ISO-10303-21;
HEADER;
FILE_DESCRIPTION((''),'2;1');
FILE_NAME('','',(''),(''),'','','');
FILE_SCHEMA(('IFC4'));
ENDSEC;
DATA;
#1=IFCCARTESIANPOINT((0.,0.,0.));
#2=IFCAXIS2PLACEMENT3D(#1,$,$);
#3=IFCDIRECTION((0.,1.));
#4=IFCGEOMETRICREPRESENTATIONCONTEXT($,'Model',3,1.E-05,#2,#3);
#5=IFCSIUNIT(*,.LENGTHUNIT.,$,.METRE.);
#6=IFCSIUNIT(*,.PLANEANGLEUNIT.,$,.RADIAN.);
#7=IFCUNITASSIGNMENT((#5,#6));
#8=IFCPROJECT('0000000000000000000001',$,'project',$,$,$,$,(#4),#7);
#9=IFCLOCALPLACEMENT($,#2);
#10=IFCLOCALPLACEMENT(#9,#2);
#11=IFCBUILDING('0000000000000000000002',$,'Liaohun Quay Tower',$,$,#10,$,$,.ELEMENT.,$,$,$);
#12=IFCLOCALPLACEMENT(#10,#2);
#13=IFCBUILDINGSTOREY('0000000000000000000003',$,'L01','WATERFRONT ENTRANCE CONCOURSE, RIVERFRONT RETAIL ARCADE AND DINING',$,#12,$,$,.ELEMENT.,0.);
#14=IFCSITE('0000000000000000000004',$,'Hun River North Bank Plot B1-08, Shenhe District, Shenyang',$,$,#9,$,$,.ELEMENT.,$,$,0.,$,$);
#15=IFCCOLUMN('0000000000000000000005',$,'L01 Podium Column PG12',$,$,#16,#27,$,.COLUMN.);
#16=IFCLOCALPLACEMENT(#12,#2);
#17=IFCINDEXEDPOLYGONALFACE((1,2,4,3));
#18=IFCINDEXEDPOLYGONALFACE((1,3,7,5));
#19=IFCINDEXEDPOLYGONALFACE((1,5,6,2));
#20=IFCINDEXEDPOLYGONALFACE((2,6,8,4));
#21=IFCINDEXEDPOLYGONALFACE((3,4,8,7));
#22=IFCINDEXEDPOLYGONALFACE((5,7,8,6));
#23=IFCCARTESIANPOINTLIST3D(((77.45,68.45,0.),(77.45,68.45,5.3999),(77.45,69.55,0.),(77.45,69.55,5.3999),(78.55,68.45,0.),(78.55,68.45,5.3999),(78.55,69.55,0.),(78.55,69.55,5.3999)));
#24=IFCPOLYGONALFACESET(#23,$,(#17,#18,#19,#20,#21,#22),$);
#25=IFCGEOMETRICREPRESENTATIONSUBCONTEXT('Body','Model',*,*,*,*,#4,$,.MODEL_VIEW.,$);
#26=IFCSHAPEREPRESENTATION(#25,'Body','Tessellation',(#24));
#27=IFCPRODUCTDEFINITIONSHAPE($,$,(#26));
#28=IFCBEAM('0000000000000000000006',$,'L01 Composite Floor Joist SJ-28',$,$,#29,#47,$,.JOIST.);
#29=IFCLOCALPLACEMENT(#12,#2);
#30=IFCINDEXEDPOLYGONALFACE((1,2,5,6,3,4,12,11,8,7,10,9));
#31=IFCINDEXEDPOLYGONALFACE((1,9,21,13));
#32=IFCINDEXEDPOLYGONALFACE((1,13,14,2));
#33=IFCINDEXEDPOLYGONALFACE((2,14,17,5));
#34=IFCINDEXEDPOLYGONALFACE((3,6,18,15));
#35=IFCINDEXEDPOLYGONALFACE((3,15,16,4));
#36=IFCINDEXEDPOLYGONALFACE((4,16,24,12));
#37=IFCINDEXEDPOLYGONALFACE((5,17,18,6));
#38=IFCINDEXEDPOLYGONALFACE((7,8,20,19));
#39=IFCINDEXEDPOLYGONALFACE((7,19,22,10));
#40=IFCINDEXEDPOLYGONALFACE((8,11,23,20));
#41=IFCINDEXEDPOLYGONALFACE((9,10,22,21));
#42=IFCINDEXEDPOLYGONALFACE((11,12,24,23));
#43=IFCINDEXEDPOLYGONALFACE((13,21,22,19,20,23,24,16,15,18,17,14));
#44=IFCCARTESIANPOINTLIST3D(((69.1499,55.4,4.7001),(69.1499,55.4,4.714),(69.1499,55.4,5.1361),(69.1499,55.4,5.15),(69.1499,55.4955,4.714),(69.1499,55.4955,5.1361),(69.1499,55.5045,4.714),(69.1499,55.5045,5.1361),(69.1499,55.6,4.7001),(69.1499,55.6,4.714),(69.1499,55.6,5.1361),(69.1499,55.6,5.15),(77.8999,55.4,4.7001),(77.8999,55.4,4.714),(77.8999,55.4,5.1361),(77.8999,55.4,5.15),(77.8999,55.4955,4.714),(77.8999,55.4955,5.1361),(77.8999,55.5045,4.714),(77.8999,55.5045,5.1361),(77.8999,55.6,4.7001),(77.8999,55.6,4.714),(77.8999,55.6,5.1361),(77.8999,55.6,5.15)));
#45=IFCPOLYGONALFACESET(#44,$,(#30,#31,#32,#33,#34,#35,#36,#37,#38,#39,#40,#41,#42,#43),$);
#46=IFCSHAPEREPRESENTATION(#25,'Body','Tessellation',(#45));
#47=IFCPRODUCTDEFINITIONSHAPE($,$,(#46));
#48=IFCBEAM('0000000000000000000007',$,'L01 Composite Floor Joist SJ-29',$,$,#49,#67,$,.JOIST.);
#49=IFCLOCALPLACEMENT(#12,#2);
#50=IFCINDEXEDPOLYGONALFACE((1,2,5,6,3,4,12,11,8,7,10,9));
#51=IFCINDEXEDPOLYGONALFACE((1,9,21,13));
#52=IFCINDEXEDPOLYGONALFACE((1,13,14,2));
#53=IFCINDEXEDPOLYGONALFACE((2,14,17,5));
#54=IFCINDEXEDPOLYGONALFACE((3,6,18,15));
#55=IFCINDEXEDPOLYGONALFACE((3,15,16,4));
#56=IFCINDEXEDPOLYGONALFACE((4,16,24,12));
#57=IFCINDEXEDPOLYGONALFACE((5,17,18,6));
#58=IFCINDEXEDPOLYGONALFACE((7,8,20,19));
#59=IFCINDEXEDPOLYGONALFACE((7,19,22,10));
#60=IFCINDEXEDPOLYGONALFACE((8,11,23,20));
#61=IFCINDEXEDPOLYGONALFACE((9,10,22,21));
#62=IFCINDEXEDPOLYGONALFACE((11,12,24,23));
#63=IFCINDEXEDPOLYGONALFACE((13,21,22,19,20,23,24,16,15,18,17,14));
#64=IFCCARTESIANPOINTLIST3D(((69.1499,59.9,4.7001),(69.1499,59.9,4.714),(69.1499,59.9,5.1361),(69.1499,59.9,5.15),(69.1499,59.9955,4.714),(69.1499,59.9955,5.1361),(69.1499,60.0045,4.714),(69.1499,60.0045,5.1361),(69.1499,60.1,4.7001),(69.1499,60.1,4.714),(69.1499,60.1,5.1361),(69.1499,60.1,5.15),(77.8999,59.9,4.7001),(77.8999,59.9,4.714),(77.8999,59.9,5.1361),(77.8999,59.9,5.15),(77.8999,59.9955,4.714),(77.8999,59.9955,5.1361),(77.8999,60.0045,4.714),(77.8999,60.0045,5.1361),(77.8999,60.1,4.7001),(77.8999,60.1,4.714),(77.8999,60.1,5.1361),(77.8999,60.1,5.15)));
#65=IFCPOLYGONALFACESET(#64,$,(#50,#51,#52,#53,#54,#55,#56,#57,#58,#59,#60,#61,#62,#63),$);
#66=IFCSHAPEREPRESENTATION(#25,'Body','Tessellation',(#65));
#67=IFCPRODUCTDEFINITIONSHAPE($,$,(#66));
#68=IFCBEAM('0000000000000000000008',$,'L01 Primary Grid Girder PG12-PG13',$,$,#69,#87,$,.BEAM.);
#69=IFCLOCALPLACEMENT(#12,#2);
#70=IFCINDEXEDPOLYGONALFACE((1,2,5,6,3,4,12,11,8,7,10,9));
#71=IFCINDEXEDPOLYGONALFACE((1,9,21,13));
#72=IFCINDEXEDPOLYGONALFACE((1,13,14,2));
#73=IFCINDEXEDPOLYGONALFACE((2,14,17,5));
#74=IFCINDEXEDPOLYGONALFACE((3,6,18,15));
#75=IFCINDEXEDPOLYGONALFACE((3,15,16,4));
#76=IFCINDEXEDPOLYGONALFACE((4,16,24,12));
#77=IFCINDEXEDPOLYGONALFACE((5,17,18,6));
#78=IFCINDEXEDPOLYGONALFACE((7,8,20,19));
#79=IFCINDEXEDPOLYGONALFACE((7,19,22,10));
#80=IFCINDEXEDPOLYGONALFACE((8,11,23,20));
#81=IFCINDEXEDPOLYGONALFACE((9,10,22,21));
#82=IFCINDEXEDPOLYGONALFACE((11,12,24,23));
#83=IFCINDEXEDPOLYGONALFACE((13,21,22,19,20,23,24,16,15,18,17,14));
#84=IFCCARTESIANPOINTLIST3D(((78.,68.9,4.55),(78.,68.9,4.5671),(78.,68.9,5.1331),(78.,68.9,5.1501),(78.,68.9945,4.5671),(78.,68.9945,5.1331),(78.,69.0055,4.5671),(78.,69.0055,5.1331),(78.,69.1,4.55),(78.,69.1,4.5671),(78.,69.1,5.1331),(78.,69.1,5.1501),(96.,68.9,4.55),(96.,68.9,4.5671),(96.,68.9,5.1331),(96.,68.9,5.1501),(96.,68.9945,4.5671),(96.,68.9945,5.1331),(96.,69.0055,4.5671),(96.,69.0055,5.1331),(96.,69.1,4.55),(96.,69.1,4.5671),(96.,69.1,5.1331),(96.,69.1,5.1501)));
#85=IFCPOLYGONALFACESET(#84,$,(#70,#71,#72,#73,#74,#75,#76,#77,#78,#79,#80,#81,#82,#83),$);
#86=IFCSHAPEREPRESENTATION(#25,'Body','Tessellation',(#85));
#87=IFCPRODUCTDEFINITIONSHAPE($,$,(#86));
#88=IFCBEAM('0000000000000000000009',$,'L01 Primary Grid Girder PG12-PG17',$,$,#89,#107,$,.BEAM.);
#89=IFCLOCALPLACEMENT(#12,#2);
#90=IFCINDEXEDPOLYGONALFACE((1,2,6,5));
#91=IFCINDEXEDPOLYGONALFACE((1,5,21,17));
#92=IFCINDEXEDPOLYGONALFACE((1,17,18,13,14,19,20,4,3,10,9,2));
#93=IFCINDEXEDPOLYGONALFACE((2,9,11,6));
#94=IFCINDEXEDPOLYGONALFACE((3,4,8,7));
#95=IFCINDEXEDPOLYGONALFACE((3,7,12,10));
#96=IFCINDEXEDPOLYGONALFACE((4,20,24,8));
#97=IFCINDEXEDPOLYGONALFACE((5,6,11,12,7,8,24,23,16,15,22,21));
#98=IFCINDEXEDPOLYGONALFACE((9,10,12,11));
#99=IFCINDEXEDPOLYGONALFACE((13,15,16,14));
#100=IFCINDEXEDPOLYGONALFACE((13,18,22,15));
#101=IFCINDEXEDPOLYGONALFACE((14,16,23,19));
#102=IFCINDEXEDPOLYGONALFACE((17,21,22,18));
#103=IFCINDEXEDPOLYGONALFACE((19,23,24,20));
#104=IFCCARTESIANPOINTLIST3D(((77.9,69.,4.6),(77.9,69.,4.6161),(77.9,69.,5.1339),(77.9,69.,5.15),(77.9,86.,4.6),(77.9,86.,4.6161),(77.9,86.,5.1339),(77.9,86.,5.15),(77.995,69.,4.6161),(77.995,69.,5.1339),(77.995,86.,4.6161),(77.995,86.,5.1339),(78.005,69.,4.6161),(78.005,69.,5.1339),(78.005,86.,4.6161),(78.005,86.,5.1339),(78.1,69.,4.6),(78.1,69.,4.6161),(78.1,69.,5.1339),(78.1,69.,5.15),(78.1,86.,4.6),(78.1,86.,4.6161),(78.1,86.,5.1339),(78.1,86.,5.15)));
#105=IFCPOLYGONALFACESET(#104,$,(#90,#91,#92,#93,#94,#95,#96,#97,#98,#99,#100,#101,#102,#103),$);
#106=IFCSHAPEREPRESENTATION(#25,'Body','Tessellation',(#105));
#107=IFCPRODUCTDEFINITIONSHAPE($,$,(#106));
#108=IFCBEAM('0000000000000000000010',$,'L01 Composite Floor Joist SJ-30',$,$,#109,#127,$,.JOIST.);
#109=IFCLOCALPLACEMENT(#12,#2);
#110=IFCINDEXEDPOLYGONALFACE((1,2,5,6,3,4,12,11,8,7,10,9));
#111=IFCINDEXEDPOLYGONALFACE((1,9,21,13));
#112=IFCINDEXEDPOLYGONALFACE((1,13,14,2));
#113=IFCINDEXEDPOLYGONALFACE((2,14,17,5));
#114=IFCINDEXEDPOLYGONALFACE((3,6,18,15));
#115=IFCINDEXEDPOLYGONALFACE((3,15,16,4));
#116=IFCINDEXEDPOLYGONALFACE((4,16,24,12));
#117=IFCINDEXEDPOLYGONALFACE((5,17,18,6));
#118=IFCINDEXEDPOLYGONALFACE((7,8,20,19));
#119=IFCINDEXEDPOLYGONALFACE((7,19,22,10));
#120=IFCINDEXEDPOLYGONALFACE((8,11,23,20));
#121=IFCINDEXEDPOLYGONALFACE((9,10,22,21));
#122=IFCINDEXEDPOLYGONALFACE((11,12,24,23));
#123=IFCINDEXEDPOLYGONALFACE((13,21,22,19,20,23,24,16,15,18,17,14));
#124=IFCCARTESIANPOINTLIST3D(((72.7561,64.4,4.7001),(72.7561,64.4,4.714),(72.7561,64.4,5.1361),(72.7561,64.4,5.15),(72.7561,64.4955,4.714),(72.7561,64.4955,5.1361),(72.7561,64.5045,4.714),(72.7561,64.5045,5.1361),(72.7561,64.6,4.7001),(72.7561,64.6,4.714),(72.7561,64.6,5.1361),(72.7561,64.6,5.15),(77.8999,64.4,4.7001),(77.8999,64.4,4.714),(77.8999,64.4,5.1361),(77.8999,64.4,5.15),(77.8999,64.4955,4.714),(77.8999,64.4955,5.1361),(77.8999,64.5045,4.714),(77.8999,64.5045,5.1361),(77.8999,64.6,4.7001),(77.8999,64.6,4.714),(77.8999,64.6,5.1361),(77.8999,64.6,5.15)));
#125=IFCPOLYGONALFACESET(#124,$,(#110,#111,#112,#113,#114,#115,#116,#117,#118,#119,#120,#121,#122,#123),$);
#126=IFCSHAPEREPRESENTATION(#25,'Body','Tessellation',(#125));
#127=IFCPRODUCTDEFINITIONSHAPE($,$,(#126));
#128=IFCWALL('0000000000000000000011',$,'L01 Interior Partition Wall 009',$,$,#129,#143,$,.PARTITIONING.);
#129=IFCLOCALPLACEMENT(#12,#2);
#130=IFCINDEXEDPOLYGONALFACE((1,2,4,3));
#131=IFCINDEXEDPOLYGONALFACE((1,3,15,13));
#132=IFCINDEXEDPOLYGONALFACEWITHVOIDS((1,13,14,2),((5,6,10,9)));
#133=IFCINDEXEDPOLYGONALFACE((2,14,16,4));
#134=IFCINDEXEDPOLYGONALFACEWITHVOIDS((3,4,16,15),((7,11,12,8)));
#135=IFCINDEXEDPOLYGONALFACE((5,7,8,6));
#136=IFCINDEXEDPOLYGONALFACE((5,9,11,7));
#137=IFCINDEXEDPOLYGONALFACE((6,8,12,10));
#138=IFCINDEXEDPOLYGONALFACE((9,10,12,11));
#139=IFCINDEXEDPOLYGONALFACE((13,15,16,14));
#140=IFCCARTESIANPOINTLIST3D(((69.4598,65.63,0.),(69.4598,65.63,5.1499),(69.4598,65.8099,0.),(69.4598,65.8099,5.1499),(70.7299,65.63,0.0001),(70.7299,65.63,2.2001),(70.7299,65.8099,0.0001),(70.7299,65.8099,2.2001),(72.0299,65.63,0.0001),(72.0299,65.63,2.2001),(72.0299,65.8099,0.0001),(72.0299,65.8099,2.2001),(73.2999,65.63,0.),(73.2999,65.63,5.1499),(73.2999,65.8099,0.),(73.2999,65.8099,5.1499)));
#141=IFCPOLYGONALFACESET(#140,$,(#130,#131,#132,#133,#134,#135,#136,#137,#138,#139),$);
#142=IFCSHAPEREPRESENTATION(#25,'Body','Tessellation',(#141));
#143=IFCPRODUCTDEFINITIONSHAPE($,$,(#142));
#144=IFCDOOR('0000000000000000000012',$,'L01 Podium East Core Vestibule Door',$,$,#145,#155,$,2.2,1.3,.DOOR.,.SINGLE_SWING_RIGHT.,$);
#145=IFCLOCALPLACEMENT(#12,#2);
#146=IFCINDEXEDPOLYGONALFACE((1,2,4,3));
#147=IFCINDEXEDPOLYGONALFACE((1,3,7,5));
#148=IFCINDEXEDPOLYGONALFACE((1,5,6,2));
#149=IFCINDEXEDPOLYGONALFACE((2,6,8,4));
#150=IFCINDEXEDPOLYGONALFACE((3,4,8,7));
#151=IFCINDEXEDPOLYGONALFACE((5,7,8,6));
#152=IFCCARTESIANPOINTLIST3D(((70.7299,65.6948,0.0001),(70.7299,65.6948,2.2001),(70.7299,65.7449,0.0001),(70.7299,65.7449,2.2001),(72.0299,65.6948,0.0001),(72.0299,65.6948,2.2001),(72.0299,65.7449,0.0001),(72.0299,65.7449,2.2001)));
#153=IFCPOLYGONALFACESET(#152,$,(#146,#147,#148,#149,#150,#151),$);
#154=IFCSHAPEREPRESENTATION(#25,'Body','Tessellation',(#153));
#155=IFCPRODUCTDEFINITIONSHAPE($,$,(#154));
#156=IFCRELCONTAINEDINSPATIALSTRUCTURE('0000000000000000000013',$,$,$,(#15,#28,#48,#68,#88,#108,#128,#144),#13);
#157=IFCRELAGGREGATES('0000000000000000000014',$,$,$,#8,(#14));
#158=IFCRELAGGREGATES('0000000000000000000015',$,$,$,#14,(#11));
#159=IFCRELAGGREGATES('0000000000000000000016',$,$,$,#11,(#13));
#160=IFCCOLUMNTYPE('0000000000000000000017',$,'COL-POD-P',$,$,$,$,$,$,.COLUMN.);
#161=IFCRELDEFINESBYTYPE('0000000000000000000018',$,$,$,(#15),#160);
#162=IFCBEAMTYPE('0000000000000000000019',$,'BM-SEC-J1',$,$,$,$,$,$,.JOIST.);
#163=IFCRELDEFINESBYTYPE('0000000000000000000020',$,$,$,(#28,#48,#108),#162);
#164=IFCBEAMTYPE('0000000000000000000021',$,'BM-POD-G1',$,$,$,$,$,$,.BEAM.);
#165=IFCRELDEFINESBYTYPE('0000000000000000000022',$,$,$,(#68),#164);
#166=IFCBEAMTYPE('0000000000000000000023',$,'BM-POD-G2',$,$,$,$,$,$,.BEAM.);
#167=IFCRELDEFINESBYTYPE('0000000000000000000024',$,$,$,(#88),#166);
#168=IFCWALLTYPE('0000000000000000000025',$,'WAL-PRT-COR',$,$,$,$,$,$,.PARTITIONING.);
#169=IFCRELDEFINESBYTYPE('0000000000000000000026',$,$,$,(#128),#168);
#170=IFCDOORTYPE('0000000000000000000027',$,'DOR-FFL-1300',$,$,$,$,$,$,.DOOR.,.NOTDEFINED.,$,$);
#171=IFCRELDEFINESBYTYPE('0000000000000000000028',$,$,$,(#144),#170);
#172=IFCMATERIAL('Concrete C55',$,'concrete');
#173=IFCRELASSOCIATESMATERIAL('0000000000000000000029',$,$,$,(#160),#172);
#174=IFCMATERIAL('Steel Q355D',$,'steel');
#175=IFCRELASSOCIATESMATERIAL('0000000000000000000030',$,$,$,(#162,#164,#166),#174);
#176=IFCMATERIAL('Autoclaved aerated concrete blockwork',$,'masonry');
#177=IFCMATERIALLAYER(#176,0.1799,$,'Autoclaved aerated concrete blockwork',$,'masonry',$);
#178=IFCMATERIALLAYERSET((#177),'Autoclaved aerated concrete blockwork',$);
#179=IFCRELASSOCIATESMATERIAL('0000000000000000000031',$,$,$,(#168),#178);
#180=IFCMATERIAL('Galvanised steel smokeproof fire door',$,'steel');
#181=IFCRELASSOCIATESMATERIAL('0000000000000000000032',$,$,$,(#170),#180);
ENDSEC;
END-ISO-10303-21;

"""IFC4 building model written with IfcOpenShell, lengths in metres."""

from ifc_helpers import new_model, si_unit, direction, frame, frame_2d, origin, origin_2d, place, context, subcontext, project, spatial, rectangle, i_section, extrude, source, transform, mapped, material, layer, layer_set, material_profile, profile_set, type_object, element, fill, save


model = new_model("IFC4")

# Units and contexts
model_context = context("Model", 3, precision=1e-05, world=origin(), true_north=direction((0.0, 1.0)))
body_context = subcontext(model_context, "Body", "Model", "MODEL_VIEW")
ifc_project = project(units=[si_unit("LENGTHUNIT", "METRE"), si_unit("PLANEANGLEUNIT", "RADIAN")], contexts=[model_context])

# Site, building, storey
site_placement = place(None, origin())
site = spatial("IfcSite", under=ifc_project, at=site_placement, Name="Hun River North Bank Plot B1-08, Shenhe District, Shenyang", CompositionType="ELEMENT", RefElevation=0.0)
building_placement = place(site_placement, origin())
building = spatial("IfcBuilding", under=site, at=building_placement, Name="Liaohun Quay Tower", CompositionType="ELEMENT")
storey_placement = place(building_placement, origin())
storey = spatial("IfcBuildingStorey", under=building, at=storey_placement, Name="L01", Description="WATERFRONT ENTRANCE CONCOURSE, RIVERFRONT RETAIL ARCADE AND DINING", CompositionType="ELEMENT", Elevation=0.0)

# Column
ifc_material_1 = material(Name="Concrete C55", Category="concrete")
ifc_material_profile_1 = material_profile(ifc_material_1, rectangle(XDim=1.1001, YDim=1.1001, at=origin_2d()), Name="RC1100x1100")
ifc_profile_set_1 = profile_set([ifc_material_profile_1], Name="Concrete C55")
column_type = type_object("IfcColumnType", Name="COL-POD-P", PredefinedType="COLUMN", material=ifc_profile_set_1)
shared_shape_1 = source(origin(), body_context, "Body", "SweptSolid", [
    extrude(rectangle(XDim=1.1001, YDim=1.1001, at=origin_2d()), origin(), (0.0, 0.0, 1.0), 5.3999),
])
column_placement = place(storey_placement, frame((78.0, 69.0, 0.0), z_axis=(0.0, 0.0, 1.0), x_axis=(1.0, 0.0, 0.0)))
element("IfcColumn", 1, at=column_placement, inside=storey, type_object=column_type, Name="L01 Podium Column PG12", PredefinedType="COLUMN", context=body_context, shape_type="MappedRepresentation", body=[
    mapped(shared_shape_1, transform((0.0, 0.0, 0.0), x_axis=(1.0, 0.0, 0.0), y_axis=(0.0, 1.0, 0.0), z_axis=(0.0, 0.0, 1.0), scale=1.0)),
])

# Beams
ifc_material_2 = material(Name="Steel Q355D", Category="steel")
ifc_material_profile_2 = material_profile(ifc_material_2, i_section(OverallWidth=0.2, OverallDepth=0.45, WebThickness=0.009, FlangeThickness=0.0139, at=origin_2d()), Name="HN450x200x9x14")
ifc_profile_set_2 = profile_set([ifc_material_profile_2], Name="Steel Q355D")
beam_type_1 = type_object("IfcBeamType", Name="BM-SEC-J1", PredefinedType="JOIST", material=ifc_profile_set_2)
shared_shape_2 = source(origin(), body_context, "Body", "SweptSolid", [
    extrude(i_section(OverallWidth=0.2, OverallDepth=0.45, WebThickness=0.009, FlangeThickness=0.0139, at=origin_2d()), origin(), (0.0, 0.0, 1.0), 8.75),
])
for number, where, z_axis, x_axis, name in (
    (2, (69.1499, 55.5, 4.925), (1.0, 0.0, 0.0), (0.0, 1.0, 0.0), "L01 Composite Floor Joist SJ-28"),
    (3, (69.1499, 60.0, 4.925), (1.0, 0.0, 0.0), (0.0, 1.0, 0.0), "L01 Composite Floor Joist SJ-29"),
):
    element("IfcBeam", number, at=place(storey_placement, frame(where, z_axis=z_axis, x_axis=x_axis)), inside=storey, type_object=beam_type_1, Name=name, PredefinedType="JOIST", context=body_context, shape_type="MappedRepresentation", body=[
        mapped(shared_shape_2, transform((0.0, 0.0, 0.0), x_axis=(1.0, 0.0, 0.0), y_axis=(0.0, 1.0, 0.0), z_axis=(0.0, 0.0, 1.0), scale=1.0)),
    ])
ifc_material_profile_3 = material_profile(ifc_material_2, i_section(OverallWidth=0.2, OverallDepth=0.6001, WebThickness=0.011, FlangeThickness=0.0171, at=origin_2d()), Name="HN600x200x11x17")
ifc_profile_set_3 = profile_set([ifc_material_profile_3], Name="Steel Q355D")
beam_type_2 = type_object("IfcBeamType", Name="BM-POD-G1", PredefinedType="BEAM", material=ifc_profile_set_3)
shared_shape_3 = source(origin(), body_context, "Body", "SweptSolid", [
    extrude(i_section(OverallWidth=0.2, OverallDepth=0.6001, WebThickness=0.011, FlangeThickness=0.0171, at=origin_2d()), origin(), (0.0, 0.0, 1.0), 18.0),
])
beam_1_placement = place(storey_placement, frame((78.0, 69.0, 4.8501), z_axis=(1.0, 0.0, 0.0), x_axis=(0.0, 1.0, 0.0)))
element("IfcBeam", 4, at=beam_1_placement, inside=storey, type_object=beam_type_2, Name="L01 Primary Grid Girder PG12-PG13", PredefinedType="BEAM", context=body_context, shape_type="MappedRepresentation", body=[
    mapped(shared_shape_3, transform((0.0, 0.0, 0.0), x_axis=(1.0, 0.0, 0.0), y_axis=(0.0, 1.0, 0.0), z_axis=(0.0, 0.0, 1.0), scale=1.0)),
])
ifc_material_profile_4 = material_profile(ifc_material_2, i_section(OverallWidth=0.2, OverallDepth=0.55, WebThickness=0.01, FlangeThickness=0.0161, at=origin_2d()), Name="HN550x200x10x16")
ifc_profile_set_4 = profile_set([ifc_material_profile_4], Name="Steel Q355D")
beam_type_3 = type_object("IfcBeamType", Name="BM-POD-G2", PredefinedType="BEAM", material=ifc_profile_set_4)
shared_shape_4 = source(origin(), body_context, "Body", "SweptSolid", [
    extrude(i_section(OverallWidth=0.2, OverallDepth=0.55, WebThickness=0.01, FlangeThickness=0.0161, at=origin_2d()), origin(), (0.0, 0.0, 1.0), 17.0),
])
beam_2_placement = place(storey_placement, frame((78.0, 69.0, 4.875), z_axis=(0.0, 1.0, 0.0), x_axis=(-1.0, 0.0, 0.0)))
element("IfcBeam", 5, at=beam_2_placement, inside=storey, type_object=beam_type_3, Name="L01 Primary Grid Girder PG12-PG17", PredefinedType="BEAM", context=body_context, shape_type="MappedRepresentation", body=[
    mapped(shared_shape_4, transform((0.0, 0.0, 0.0), x_axis=(1.0, 0.0, 0.0), y_axis=(0.0, 1.0, 0.0), z_axis=(0.0, 0.0, 1.0), scale=1.0)),
])
shared_shape_5 = source(origin(), body_context, "Body", "SweptSolid", [
    extrude(i_section(OverallWidth=0.2, OverallDepth=0.45, WebThickness=0.009, FlangeThickness=0.0139, at=origin_2d()), origin(), (0.0, 0.0, 1.0), 5.1438),
])
beam_3_placement = place(storey_placement, frame((72.7561, 64.5, 4.925), z_axis=(1.0, 0.0, 0.0), x_axis=(0.0, 1.0, 0.0)))
element("IfcBeam", 6, at=beam_3_placement, inside=storey, type_object=beam_type_1, Name="L01 Composite Floor Joist SJ-30", PredefinedType="JOIST", context=body_context, shape_type="MappedRepresentation", body=[
    mapped(shared_shape_5, transform((0.0, 0.0, 0.0), x_axis=(1.0, 0.0, 0.0), y_axis=(0.0, 1.0, 0.0), z_axis=(0.0, 0.0, 1.0), scale=1.0)),
])

# Wall, opening, door
ifc_material_3 = material(Name="Autoclaved aerated concrete blockwork", Category="masonry")
ifc_layer_1 = layer(ifc_material_3, 0.1799, Name="Autoclaved aerated concrete blockwork", Category="masonry")
ifc_layer_set_1 = layer_set([ifc_layer_1], Name="Autoclaved aerated concrete blockwork")
wall_type_1 = type_object("IfcWallType", Name="WAL-PRT-COR", PredefinedType="PARTITIONING", material=ifc_layer_set_1)
wall_1_placement = place(storey_placement, frame((69.46, 65.72, 0.0), z_axis=(0.0, 0.0, 1.0), x_axis=(1.0, 0.0, 0.0)))
wall_1 = element("IfcWall", 7, at=wall_1_placement, inside=storey, type_object=wall_type_1, Name="L01 Interior Partition Wall 009", PredefinedType="PARTITIONING", context=body_context, shape_type="SweptSolid", body=[
    extrude(rectangle(XDim=3.8401, YDim=0.1799, at=frame_2d((1.9199, 0.0))), origin(), (0.0, 0.0, 1.0), 5.1499),
])
shared_shape_6 = source(origin(), body_context, "Body", "SweptSolid", [
    extrude(rectangle(XDim=1.3, YDim=2.2, at=frame_2d((0.6499, 1.1001))), frame((0.0, 0.0999, 0.0), z_axis=(0.0, -1.0, 0.0), x_axis=(1.0, 0.0, 0.0)), (0.0, 0.0, 1.0), 0.2),
])
opening_1_placement = place(wall_1_placement, frame((1.27, 0.0, 0.0)))
opening_1 = element("IfcOpeningElement", 8, at=opening_1_placement, cuts=wall_1, PredefinedType="OPENING", context=body_context, shape_type="MappedRepresentation", body=[
    mapped(shared_shape_6, transform((0.0, 0.0, 0.0), x_axis=(1.0, 0.0, 0.0), y_axis=(0.0, 1.0, 0.0), z_axis=(0.0, 0.0, 1.0), scale=1.0)),
])
ifc_material_4 = material(Name="Galvanised steel smokeproof fire door", Category="steel")
door_type_1 = type_object("IfcDoorType", Name="DOR-FFL-1300", OperationType="NOTDEFINED", PredefinedType="DOOR", material=ifc_material_4)
shared_shape_7 = source(origin(), body_context, "Body", "SweptSolid", [
    extrude(rectangle(XDim=1.3, YDim=2.2, at=frame_2d((0.6499, 1.1001))), frame((0.0, 0.0249, 0.0), z_axis=(0.0, -1.0, 0.0), x_axis=(1.0, 0.0, 0.0)), (0.0, 0.0, 1.0), 0.05),
])
door_1_placement = place(opening_1_placement, origin())
door_1 = element("IfcDoor", 9, at=door_1_placement, inside=storey, type_object=door_type_1, Name="L01 Podium East Core Vestibule Door", OperationType="SINGLE_SWING_RIGHT", OverallHeight=2.2, OverallWidth=1.3, PredefinedType="DOOR", context=body_context, shape_type="MappedRepresentation", body=[
    mapped(shared_shape_7, transform((0.0, 0.0, 0.0), x_axis=(1.0, 0.0, 0.0), y_axis=(0.0, 1.0, 0.0), z_axis=(0.0, 0.0, 1.0), scale=1.0)),
])
fill(opening_1, door_1)

save(model, "model.ifc")
